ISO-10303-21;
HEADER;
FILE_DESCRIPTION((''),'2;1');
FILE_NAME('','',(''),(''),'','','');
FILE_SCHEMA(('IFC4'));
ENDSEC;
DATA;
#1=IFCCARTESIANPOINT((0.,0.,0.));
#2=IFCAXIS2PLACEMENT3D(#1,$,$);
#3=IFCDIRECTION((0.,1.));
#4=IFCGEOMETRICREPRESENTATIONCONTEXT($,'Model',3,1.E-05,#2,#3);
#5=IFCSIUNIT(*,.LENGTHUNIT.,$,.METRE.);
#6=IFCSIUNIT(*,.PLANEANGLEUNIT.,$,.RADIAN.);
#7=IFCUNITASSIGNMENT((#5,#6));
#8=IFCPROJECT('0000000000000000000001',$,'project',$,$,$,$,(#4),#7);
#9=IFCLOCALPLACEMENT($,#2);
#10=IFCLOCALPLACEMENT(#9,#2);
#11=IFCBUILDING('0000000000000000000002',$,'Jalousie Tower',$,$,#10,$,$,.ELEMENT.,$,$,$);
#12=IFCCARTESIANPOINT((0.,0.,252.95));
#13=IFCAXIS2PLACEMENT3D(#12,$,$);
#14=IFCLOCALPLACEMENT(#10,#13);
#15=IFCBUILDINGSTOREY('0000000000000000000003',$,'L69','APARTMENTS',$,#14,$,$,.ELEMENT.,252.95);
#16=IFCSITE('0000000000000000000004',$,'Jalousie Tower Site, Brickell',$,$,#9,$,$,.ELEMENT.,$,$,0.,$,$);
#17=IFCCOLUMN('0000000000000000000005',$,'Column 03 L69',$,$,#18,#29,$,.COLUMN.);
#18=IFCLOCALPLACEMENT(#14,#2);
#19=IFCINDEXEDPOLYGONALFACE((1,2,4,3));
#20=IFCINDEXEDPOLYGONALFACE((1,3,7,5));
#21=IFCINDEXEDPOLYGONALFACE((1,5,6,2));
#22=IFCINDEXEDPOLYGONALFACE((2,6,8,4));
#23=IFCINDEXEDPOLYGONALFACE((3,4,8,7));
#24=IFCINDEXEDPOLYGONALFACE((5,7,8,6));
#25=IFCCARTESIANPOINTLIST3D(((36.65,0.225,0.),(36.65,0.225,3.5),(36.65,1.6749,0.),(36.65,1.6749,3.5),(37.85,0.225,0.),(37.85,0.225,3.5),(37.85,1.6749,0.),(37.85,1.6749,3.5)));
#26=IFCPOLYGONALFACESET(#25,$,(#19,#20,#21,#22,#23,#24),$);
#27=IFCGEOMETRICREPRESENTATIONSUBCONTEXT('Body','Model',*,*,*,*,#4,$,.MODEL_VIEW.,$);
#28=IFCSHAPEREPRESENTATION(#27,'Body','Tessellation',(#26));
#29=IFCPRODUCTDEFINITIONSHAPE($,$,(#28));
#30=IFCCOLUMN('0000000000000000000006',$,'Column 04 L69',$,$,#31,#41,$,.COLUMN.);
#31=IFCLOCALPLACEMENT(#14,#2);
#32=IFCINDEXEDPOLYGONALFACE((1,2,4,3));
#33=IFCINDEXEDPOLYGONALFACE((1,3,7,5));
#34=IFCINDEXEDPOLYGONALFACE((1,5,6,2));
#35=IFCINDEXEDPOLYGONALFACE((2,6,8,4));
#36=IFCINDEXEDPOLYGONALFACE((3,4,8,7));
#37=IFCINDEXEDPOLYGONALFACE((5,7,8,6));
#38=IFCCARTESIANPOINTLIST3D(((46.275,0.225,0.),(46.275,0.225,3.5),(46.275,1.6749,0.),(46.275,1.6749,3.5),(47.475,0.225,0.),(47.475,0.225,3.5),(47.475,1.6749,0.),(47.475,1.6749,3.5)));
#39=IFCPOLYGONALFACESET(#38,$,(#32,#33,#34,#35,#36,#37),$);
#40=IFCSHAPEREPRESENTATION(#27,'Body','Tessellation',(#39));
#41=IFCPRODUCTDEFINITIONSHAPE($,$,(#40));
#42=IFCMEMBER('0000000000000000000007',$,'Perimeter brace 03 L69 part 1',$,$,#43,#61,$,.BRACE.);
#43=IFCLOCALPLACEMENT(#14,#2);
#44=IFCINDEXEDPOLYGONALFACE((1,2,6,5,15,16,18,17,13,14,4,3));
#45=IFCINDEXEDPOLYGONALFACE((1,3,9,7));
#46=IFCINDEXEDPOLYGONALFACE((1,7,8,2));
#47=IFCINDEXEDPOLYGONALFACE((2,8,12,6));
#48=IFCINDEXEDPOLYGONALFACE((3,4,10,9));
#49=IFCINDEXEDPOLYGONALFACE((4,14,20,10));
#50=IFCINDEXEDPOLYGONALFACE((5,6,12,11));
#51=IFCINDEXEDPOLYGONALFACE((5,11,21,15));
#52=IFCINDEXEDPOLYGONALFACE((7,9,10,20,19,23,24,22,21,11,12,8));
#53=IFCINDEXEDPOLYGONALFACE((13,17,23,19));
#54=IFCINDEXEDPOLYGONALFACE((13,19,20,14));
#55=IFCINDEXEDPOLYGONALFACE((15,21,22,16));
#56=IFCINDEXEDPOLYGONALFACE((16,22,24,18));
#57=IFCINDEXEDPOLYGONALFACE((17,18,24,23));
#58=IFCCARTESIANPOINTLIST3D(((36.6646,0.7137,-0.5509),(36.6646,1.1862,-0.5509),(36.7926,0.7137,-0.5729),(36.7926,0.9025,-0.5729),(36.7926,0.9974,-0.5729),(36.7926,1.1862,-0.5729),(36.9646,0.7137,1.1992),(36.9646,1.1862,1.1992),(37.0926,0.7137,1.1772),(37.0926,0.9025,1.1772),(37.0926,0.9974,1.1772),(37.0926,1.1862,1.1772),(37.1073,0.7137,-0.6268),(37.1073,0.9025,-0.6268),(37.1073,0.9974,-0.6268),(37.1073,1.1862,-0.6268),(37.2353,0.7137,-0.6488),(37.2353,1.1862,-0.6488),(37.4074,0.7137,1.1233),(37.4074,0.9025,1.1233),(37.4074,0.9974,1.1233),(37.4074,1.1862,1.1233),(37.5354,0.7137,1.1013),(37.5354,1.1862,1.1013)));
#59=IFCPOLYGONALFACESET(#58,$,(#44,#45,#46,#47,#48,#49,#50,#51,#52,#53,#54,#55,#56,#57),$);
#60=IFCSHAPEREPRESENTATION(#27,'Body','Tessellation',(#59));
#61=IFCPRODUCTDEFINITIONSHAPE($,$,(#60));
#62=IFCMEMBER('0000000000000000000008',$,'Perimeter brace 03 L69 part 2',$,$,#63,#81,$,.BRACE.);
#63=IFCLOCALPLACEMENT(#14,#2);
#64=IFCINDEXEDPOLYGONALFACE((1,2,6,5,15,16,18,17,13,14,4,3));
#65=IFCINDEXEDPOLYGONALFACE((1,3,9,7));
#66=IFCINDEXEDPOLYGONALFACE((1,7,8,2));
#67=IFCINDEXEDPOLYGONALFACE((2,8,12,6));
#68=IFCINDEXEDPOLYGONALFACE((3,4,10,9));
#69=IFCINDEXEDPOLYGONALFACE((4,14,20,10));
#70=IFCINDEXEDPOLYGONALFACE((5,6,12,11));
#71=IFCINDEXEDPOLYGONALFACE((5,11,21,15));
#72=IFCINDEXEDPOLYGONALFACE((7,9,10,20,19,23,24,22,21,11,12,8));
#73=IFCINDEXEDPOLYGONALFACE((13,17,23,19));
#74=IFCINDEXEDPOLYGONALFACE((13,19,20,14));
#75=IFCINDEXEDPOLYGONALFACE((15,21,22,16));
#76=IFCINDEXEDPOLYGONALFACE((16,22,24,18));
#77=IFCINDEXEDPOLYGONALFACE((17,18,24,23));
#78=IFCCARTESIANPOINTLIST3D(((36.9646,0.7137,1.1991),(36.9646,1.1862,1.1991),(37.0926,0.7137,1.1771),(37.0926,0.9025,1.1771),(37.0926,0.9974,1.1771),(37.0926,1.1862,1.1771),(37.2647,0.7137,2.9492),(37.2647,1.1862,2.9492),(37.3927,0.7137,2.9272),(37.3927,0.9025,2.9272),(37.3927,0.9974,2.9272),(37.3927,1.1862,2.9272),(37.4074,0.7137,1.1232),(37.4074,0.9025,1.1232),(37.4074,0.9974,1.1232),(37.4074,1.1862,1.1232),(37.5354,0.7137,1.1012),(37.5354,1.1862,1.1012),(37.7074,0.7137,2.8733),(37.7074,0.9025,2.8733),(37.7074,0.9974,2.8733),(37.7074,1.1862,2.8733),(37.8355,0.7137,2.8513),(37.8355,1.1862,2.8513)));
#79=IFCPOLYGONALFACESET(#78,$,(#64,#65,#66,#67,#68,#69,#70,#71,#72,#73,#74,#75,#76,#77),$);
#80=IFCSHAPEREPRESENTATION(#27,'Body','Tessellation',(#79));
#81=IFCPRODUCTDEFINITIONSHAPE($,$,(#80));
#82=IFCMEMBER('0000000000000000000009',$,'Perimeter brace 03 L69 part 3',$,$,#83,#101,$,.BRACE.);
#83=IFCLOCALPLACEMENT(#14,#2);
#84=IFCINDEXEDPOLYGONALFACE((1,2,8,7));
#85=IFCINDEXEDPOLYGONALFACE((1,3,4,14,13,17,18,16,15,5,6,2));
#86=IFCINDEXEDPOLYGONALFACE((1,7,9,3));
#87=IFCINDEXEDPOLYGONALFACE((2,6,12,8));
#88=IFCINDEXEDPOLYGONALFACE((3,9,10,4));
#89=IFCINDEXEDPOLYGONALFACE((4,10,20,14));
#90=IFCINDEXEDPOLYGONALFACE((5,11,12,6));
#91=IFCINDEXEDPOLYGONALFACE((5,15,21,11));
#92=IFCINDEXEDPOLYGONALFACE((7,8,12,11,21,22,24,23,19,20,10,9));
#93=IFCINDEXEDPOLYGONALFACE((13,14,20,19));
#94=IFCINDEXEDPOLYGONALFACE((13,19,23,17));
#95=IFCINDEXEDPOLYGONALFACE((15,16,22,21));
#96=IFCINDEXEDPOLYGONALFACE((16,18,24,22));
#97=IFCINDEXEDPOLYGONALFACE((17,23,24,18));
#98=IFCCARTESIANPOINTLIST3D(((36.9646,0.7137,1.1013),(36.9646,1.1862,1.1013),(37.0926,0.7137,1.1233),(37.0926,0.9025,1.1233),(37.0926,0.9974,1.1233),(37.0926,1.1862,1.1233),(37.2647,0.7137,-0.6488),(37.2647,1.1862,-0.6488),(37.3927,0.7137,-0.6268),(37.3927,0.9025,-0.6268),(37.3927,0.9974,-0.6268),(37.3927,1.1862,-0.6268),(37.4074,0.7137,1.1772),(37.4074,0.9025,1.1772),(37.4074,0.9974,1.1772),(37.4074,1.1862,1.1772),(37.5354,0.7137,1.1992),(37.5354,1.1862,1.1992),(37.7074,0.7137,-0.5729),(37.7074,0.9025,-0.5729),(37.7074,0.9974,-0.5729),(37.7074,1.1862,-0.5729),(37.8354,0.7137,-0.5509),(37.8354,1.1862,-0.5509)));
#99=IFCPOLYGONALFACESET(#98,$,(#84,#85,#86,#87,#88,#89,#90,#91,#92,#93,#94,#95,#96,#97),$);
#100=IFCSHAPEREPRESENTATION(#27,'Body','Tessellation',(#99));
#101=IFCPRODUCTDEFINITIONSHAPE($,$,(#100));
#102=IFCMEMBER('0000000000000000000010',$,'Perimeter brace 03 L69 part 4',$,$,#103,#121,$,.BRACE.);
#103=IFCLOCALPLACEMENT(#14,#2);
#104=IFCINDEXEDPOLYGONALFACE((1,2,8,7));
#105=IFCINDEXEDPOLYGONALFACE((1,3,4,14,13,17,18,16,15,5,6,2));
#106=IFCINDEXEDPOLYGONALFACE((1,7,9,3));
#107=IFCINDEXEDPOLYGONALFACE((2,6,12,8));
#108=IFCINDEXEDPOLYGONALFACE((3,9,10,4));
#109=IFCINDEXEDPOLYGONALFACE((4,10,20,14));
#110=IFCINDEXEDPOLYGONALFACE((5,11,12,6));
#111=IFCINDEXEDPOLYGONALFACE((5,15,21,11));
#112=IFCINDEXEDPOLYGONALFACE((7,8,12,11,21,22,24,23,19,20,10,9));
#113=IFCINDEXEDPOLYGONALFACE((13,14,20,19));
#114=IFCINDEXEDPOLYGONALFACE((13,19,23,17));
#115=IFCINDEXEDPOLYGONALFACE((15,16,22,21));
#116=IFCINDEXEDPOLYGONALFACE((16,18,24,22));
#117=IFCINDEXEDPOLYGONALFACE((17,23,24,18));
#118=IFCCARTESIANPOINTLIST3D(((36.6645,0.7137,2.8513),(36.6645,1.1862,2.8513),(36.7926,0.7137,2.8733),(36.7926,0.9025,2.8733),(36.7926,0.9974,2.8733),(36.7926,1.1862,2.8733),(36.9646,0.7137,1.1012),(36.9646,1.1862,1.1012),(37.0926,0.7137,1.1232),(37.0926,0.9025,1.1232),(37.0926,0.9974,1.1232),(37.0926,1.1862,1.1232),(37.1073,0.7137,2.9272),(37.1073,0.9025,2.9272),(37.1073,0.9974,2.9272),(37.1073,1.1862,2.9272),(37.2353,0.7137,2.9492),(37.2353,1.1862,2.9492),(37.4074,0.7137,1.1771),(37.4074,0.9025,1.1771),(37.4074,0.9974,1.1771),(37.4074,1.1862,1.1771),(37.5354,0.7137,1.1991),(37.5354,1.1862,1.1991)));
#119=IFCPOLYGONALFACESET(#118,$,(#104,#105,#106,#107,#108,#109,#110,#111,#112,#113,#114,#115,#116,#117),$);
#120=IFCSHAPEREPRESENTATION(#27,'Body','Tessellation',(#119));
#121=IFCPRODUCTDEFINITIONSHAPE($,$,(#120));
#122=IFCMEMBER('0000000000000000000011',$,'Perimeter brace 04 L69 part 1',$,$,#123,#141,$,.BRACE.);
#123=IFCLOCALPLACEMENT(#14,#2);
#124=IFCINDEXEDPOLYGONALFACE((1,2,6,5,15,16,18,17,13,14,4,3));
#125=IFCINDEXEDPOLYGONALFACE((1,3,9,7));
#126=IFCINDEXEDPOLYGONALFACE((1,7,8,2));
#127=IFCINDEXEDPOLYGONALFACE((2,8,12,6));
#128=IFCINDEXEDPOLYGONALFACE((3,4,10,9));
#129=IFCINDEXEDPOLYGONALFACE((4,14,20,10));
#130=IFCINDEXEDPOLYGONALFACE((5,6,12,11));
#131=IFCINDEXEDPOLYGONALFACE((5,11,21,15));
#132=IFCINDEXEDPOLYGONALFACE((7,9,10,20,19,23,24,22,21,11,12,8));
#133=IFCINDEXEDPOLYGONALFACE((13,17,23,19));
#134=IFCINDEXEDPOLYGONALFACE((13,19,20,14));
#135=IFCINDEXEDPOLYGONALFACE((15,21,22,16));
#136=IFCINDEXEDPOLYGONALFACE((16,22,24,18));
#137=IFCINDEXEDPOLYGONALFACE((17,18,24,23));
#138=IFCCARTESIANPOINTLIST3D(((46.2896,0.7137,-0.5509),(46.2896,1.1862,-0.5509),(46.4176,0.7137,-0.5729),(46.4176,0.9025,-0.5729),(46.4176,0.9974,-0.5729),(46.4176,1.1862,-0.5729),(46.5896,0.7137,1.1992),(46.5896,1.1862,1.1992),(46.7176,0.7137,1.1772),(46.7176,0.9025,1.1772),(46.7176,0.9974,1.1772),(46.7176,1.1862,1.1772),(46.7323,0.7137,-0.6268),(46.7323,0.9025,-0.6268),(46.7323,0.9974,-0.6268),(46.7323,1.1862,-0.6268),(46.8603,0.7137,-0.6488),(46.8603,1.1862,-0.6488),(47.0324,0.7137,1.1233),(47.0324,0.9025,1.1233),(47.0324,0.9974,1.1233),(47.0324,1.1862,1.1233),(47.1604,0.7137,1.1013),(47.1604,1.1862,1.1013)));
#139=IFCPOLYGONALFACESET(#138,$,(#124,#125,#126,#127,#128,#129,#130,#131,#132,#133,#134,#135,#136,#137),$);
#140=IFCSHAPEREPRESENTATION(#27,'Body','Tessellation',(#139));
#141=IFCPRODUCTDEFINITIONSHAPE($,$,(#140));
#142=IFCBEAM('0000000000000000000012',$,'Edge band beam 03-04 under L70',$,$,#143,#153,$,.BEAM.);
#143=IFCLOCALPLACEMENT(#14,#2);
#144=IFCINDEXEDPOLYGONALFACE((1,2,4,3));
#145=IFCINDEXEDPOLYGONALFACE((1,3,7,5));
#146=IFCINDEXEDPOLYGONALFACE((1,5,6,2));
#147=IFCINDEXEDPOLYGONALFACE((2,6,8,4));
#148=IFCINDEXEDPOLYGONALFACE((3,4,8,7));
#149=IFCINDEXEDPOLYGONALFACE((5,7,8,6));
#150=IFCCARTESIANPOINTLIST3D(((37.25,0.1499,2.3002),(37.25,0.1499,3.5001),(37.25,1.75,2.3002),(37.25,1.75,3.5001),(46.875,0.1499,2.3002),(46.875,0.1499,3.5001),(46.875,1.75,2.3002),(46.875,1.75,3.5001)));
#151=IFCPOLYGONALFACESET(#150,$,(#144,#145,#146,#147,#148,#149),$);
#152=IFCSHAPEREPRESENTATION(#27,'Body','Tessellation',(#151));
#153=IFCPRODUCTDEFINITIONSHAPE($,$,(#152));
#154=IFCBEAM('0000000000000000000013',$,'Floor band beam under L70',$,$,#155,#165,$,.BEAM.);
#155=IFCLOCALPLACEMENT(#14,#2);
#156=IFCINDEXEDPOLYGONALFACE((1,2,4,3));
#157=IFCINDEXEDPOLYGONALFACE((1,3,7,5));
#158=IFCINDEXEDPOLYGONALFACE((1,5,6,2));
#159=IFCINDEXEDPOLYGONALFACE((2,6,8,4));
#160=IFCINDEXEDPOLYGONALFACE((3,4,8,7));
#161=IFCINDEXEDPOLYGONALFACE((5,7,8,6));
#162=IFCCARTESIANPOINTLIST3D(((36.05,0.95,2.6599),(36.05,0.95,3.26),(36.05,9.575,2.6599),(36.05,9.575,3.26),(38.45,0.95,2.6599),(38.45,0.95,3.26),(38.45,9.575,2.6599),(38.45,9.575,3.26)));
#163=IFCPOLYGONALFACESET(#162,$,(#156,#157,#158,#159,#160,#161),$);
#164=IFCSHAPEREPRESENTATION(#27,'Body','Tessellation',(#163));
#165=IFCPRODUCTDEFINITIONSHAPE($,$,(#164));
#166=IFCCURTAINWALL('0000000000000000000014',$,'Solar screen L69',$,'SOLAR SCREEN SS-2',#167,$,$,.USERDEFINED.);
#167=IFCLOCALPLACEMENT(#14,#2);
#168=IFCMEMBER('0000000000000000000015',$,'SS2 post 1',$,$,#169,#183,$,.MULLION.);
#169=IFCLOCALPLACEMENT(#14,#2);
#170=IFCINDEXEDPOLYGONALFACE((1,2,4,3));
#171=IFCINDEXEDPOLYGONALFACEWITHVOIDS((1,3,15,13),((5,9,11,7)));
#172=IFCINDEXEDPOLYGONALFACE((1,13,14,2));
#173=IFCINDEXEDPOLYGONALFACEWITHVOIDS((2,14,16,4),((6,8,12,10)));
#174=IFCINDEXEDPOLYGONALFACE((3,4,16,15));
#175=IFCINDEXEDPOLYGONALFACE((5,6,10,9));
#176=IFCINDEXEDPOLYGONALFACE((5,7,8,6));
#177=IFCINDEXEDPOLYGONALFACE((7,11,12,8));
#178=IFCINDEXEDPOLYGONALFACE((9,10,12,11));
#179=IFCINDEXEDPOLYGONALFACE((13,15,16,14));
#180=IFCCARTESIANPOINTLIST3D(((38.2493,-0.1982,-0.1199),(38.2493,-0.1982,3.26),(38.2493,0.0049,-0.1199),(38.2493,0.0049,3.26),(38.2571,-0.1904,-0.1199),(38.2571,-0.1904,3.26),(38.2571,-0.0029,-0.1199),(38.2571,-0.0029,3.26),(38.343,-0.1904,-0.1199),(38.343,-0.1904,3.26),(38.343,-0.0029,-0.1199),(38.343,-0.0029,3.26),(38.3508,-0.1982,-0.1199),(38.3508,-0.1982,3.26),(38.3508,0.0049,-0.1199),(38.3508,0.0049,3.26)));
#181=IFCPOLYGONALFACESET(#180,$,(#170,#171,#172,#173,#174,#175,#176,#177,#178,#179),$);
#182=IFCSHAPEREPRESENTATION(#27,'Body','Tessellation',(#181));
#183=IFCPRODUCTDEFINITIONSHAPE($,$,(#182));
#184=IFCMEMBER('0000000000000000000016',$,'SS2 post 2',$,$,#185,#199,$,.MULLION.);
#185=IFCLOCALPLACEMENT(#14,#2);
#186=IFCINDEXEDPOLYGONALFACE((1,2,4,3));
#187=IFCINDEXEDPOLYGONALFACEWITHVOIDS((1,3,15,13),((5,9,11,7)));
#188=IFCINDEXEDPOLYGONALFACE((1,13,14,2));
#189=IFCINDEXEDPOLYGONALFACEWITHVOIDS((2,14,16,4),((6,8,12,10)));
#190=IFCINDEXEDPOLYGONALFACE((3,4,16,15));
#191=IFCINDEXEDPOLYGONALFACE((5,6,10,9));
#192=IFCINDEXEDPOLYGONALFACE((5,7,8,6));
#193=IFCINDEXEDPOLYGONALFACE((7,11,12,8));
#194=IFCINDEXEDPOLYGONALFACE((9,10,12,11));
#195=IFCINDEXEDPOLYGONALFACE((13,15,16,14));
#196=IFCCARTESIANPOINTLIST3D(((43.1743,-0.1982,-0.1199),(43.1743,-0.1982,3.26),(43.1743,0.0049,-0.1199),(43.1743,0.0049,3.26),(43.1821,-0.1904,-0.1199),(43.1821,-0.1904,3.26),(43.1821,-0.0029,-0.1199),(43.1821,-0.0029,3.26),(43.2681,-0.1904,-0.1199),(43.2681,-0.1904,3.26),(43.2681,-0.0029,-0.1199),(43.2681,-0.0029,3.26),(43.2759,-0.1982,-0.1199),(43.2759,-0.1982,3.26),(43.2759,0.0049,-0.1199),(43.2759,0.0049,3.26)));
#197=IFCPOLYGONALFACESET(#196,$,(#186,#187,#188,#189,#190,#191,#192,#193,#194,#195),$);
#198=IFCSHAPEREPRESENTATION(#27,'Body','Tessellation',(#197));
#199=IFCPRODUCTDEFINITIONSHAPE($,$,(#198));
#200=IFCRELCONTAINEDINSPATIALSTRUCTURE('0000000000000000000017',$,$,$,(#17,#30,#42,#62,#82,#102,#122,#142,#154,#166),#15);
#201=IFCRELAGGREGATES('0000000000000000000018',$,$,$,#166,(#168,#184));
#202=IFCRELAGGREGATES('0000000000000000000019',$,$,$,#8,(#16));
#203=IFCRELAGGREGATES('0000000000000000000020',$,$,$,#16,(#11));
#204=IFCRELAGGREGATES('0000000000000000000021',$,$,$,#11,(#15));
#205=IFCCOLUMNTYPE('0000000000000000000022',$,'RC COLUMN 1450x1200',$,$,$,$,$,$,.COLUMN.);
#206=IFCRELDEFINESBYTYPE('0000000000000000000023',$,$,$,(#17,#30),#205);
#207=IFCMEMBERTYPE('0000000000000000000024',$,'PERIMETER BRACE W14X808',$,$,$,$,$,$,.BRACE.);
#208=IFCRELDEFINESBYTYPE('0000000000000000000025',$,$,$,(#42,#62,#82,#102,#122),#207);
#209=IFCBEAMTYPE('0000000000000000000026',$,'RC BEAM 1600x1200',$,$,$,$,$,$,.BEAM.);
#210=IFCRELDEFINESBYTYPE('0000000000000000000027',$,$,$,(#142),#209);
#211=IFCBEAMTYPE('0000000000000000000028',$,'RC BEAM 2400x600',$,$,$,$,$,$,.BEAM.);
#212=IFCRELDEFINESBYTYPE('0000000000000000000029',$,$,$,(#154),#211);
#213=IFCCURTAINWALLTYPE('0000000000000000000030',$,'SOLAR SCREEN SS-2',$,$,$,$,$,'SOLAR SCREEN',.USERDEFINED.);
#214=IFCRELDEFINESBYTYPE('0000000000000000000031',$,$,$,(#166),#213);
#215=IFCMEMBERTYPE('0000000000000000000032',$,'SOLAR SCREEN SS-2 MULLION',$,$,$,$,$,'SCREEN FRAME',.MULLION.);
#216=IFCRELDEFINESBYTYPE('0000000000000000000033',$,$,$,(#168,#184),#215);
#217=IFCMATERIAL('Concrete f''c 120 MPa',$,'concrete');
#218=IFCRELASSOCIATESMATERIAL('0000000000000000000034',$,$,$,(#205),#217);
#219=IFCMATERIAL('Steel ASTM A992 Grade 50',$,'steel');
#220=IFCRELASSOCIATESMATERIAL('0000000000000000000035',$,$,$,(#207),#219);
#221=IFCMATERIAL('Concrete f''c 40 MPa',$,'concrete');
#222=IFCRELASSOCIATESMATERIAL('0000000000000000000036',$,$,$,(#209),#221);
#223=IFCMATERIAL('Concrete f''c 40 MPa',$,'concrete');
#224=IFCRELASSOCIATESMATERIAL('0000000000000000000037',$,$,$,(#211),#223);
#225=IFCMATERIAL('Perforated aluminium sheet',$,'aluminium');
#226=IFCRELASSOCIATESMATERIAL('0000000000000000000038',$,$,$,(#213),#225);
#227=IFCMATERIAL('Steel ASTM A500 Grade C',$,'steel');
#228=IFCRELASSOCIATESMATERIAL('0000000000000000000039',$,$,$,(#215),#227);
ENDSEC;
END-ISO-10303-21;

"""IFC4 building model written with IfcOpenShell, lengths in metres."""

from ifc_helpers import new_model, si_unit, direction, frame, origin, origin_2d, place, context, subcontext, project, spatial, rectangle, hollow_rectangle, i_section, extrude, material, material_profile, profile_set, type_object, element, aggregate, save


model = new_model("IFC4")

# Units and contexts
model_context = context("Model", 3, precision=1e-05, world=origin(), true_north=direction((0.0, 1.0)))
body_context = subcontext(model_context, "Body", "Model", "MODEL_VIEW")
ifc_project = project(units=[si_unit("LENGTHUNIT", "METRE"), si_unit("PLANEANGLEUNIT", "RADIAN")], contexts=[model_context])

# Site, building, storey
site_placement = place(None, origin())
site = spatial("IfcSite", under=ifc_project, at=site_placement, Name="Jalousie Tower Site, Brickell", CompositionType="ELEMENT", RefElevation=0.0)
building_placement = place(site_placement, origin())
building = spatial("IfcBuilding", under=site, at=building_placement, Name="Jalousie Tower", CompositionType="ELEMENT")
storey_placement = place(building_placement, frame((0.0, 0.0, 252.95)))
storey = spatial("IfcBuildingStorey", under=building, at=storey_placement, Name="L69", Description="APARTMENTS", CompositionType="ELEMENT", Elevation=252.95)

# Columns
ifc_material_1 = material(Name="Concrete f'c 120 MPa", Category="concrete")
ifc_material_profile_1 = material_profile(ifc_material_1, rectangle(XDim=1.45, YDim=1.2, at=origin_2d()), Name="RC 1450x1200")
ifc_profile_set_1 = profile_set([ifc_material_profile_1], Name="Concrete f'c 120 MPa")
column_type = type_object("IfcColumnType", Name="RC COLUMN 1450x1200", PredefinedType="COLUMN", material=ifc_profile_set_1)
for number, where, z_axis, x_axis, name in (
    (1, (37.25, 0.95, 0.0), (0.0, 0.0, 1.0), (0.0, 1.0, 0.0), "Column 03 L69"),
    (2, (46.875, 0.95, 0.0), (0.0, 0.0, 1.0), (0.0, 1.0, 0.0), "Column 04 L69"),
):
    element("IfcColumn", number, at=place(storey_placement, frame(where, z_axis=z_axis, x_axis=x_axis)), inside=storey, type_object=column_type, Name=name, PredefinedType="COLUMN", context=body_context, shape_type="SweptSolid", body=[
        extrude(rectangle(XDim=1.45, YDim=1.2, at=origin_2d()), origin(), (0.0, 0.0, 1.0), 3.5),
    ])

# Members
ifc_material_2 = material(Name="Steel ASTM A992 Grade 50", Category="steel")
ifc_material_profile_2 = material_profile(ifc_material_2, i_section(OverallWidth=0.4724, OverallDepth=0.5791, WebThickness=0.095, FlangeThickness=0.1299, at=origin_2d()), Name="W14X808")
ifc_profile_set_2 = profile_set([ifc_material_profile_2], Name="Steel ASTM A992 Grade 50")
member_type_1 = type_object("IfcMemberType", Name="PERIMETER BRACE W14X808", PredefinedType="BRACE", material=ifc_profile_set_2)
for number, where, z_axis, x_axis, name in (
    (3, (36.95, 0.95, -0.5999), (0.168991, 0.0, 0.985618), (0.0, 1.0, 0.0), "Perimeter brace 03 L69 part 1"),
    (4, (37.25, 0.95, 1.1501), (0.168991, 0.0, 0.985618), (0.0, 1.0, 0.0), "Perimeter brace 03 L69 part 2"),
    (5, (37.55, 0.95, -0.5999), (-0.168991, 0.0, 0.985618), (0.0, -1.0, 0.0), "Perimeter brace 03 L69 part 3"),
    (6, (37.25, 0.95, 1.1501), (-0.168991, 0.0, 0.985618), (0.0, -1.0, 0.0), "Perimeter brace 03 L69 part 4"),
    (7, (46.575, 0.95, -0.5999), (0.168991, 0.0, 0.985618), (0.0, 1.0, 0.0), "Perimeter brace 04 L69 part 1"),
):
    element("IfcMember", number, at=place(storey_placement, frame(where, z_axis=z_axis, x_axis=x_axis)), inside=storey, type_object=member_type_1, Name=name, PredefinedType="BRACE", context=body_context, shape_type="SweptSolid", body=[
        extrude(i_section(OverallWidth=0.4724, OverallDepth=0.5791, WebThickness=0.095, FlangeThickness=0.1299, at=origin_2d()), origin(), (0.0, 0.0, 1.0), 1.7756),
    ])

# Beams
ifc_material_3 = material(Name="Concrete f'c 40 MPa", Category="concrete")
ifc_material_profile_3 = material_profile(ifc_material_3, rectangle(XDim=1.6001, YDim=1.2, at=origin_2d()), Name="RC 1600x1200")
ifc_profile_set_3 = profile_set([ifc_material_profile_3], Name="Concrete f'c 40 MPa")
beam_type_1 = type_object("IfcBeamType", Name="RC BEAM 1600x1200", PredefinedType="BEAM", material=ifc_profile_set_3)
beam_1_placement = place(storey_placement, frame((37.25, 0.95, 2.9001), z_axis=(1.0, 0.0, 0.0), x_axis=(0.0, 1.0, 0.0)))
element("IfcBeam", 8, at=beam_1_placement, inside=storey, type_object=beam_type_1, Name="Edge band beam 03-04 under L70", PredefinedType="BEAM", context=body_context, shape_type="SweptSolid", body=[
    extrude(rectangle(XDim=1.6001, YDim=1.2, at=origin_2d()), origin(), (0.0, 0.0, 1.0), 9.625),
])
ifc_material_4 = material(Name="Concrete f'c 40 MPa", Category="concrete")
ifc_material_profile_4 = material_profile(ifc_material_4, rectangle(XDim=2.3999, YDim=0.6001, at=origin_2d()), Name="RC 2400x600")
ifc_profile_set_4 = profile_set([ifc_material_profile_4], Name="Concrete f'c 40 MPa")
beam_type_2 = type_object("IfcBeamType", Name="RC BEAM 2400x600", PredefinedType="BEAM", material=ifc_profile_set_4)
beam_2_placement = place(storey_placement, frame((37.25, 0.95, 2.96), z_axis=(0.0, 1.0, 0.0), x_axis=(-1.0, 0.0, 0.0)))
element("IfcBeam", 9, at=beam_2_placement, inside=storey, type_object=beam_type_2, Name="Floor band beam under L70", PredefinedType="BEAM", context=body_context, shape_type="SweptSolid", body=[
    extrude(rectangle(XDim=2.3999, YDim=0.6001, at=origin_2d()), origin(), (0.0, 0.0, 1.0), 8.625),
])

# Curtain wall, members
ifc_material_5 = material(Name="Perforated aluminium sheet", Category="aluminium")
curtain_wall_type = type_object("IfcCurtainWallType", Name="SOLAR SCREEN SS-2", ElementType="SOLAR SCREEN", PredefinedType="USERDEFINED", material=ifc_material_5)
curtain_wall_1_placement = place(storey_placement, origin())
curtain_wall_1 = element("IfcCurtainWall", 10, at=curtain_wall_1_placement, inside=storey, type_object=curtain_wall_type, Name="Solar screen L69", ObjectType="SOLAR SCREEN SS-2", PredefinedType="USERDEFINED")
ifc_material_6 = material(Name="Steel ASTM A500 Grade C", Category="steel")
ifc_material_profile_5 = material_profile(ifc_material_6, hollow_rectangle(XDim=0.1016, YDim=0.2031, WallThickness=0.0078, at=origin_2d()), Name="HSS8X4X5/16")
ifc_profile_set_5 = profile_set([ifc_material_profile_5], Name="Steel ASTM A500 Grade C")
member_type_2 = type_object("IfcMemberType", Name="SOLAR SCREEN SS-2 MULLION", ElementType="SCREEN FRAME", PredefinedType="MULLION", material=ifc_profile_set_5)
member_1_placement = place(storey_placement, frame((38.3, -0.0967, -0.1199), z_axis=(0.0, 0.0, 1.0), x_axis=(1.0, 0.0, 0.0)))
member_1 = element("IfcMember", 11, at=member_1_placement, type_object=member_type_2, Name="SS2 post 1", PredefinedType="MULLION", context=body_context, shape_type="SweptSolid", body=[
    extrude(hollow_rectangle(XDim=0.1016, YDim=0.2031, WallThickness=0.0078, at=origin_2d()), origin(), (0.0, 0.0, 1.0), 3.3799),
])
member_2_placement = place(storey_placement, frame((43.2251, -0.0967, -0.1199), z_axis=(0.0, 0.0, 1.0), x_axis=(1.0, 0.0, 0.0)))
member_2 = element("IfcMember", 12, at=member_2_placement, type_object=member_type_2, Name="SS2 post 2", PredefinedType="MULLION", context=body_context, shape_type="SweptSolid", body=[
    extrude(hollow_rectangle(XDim=0.1016, YDim=0.2031, WallThickness=0.0078, at=origin_2d()), origin(), (0.0, 0.0, 1.0), 3.3799),
])

aggregate(curtain_wall_1, [member_1, member_2])

save(model, "model.ifc")
